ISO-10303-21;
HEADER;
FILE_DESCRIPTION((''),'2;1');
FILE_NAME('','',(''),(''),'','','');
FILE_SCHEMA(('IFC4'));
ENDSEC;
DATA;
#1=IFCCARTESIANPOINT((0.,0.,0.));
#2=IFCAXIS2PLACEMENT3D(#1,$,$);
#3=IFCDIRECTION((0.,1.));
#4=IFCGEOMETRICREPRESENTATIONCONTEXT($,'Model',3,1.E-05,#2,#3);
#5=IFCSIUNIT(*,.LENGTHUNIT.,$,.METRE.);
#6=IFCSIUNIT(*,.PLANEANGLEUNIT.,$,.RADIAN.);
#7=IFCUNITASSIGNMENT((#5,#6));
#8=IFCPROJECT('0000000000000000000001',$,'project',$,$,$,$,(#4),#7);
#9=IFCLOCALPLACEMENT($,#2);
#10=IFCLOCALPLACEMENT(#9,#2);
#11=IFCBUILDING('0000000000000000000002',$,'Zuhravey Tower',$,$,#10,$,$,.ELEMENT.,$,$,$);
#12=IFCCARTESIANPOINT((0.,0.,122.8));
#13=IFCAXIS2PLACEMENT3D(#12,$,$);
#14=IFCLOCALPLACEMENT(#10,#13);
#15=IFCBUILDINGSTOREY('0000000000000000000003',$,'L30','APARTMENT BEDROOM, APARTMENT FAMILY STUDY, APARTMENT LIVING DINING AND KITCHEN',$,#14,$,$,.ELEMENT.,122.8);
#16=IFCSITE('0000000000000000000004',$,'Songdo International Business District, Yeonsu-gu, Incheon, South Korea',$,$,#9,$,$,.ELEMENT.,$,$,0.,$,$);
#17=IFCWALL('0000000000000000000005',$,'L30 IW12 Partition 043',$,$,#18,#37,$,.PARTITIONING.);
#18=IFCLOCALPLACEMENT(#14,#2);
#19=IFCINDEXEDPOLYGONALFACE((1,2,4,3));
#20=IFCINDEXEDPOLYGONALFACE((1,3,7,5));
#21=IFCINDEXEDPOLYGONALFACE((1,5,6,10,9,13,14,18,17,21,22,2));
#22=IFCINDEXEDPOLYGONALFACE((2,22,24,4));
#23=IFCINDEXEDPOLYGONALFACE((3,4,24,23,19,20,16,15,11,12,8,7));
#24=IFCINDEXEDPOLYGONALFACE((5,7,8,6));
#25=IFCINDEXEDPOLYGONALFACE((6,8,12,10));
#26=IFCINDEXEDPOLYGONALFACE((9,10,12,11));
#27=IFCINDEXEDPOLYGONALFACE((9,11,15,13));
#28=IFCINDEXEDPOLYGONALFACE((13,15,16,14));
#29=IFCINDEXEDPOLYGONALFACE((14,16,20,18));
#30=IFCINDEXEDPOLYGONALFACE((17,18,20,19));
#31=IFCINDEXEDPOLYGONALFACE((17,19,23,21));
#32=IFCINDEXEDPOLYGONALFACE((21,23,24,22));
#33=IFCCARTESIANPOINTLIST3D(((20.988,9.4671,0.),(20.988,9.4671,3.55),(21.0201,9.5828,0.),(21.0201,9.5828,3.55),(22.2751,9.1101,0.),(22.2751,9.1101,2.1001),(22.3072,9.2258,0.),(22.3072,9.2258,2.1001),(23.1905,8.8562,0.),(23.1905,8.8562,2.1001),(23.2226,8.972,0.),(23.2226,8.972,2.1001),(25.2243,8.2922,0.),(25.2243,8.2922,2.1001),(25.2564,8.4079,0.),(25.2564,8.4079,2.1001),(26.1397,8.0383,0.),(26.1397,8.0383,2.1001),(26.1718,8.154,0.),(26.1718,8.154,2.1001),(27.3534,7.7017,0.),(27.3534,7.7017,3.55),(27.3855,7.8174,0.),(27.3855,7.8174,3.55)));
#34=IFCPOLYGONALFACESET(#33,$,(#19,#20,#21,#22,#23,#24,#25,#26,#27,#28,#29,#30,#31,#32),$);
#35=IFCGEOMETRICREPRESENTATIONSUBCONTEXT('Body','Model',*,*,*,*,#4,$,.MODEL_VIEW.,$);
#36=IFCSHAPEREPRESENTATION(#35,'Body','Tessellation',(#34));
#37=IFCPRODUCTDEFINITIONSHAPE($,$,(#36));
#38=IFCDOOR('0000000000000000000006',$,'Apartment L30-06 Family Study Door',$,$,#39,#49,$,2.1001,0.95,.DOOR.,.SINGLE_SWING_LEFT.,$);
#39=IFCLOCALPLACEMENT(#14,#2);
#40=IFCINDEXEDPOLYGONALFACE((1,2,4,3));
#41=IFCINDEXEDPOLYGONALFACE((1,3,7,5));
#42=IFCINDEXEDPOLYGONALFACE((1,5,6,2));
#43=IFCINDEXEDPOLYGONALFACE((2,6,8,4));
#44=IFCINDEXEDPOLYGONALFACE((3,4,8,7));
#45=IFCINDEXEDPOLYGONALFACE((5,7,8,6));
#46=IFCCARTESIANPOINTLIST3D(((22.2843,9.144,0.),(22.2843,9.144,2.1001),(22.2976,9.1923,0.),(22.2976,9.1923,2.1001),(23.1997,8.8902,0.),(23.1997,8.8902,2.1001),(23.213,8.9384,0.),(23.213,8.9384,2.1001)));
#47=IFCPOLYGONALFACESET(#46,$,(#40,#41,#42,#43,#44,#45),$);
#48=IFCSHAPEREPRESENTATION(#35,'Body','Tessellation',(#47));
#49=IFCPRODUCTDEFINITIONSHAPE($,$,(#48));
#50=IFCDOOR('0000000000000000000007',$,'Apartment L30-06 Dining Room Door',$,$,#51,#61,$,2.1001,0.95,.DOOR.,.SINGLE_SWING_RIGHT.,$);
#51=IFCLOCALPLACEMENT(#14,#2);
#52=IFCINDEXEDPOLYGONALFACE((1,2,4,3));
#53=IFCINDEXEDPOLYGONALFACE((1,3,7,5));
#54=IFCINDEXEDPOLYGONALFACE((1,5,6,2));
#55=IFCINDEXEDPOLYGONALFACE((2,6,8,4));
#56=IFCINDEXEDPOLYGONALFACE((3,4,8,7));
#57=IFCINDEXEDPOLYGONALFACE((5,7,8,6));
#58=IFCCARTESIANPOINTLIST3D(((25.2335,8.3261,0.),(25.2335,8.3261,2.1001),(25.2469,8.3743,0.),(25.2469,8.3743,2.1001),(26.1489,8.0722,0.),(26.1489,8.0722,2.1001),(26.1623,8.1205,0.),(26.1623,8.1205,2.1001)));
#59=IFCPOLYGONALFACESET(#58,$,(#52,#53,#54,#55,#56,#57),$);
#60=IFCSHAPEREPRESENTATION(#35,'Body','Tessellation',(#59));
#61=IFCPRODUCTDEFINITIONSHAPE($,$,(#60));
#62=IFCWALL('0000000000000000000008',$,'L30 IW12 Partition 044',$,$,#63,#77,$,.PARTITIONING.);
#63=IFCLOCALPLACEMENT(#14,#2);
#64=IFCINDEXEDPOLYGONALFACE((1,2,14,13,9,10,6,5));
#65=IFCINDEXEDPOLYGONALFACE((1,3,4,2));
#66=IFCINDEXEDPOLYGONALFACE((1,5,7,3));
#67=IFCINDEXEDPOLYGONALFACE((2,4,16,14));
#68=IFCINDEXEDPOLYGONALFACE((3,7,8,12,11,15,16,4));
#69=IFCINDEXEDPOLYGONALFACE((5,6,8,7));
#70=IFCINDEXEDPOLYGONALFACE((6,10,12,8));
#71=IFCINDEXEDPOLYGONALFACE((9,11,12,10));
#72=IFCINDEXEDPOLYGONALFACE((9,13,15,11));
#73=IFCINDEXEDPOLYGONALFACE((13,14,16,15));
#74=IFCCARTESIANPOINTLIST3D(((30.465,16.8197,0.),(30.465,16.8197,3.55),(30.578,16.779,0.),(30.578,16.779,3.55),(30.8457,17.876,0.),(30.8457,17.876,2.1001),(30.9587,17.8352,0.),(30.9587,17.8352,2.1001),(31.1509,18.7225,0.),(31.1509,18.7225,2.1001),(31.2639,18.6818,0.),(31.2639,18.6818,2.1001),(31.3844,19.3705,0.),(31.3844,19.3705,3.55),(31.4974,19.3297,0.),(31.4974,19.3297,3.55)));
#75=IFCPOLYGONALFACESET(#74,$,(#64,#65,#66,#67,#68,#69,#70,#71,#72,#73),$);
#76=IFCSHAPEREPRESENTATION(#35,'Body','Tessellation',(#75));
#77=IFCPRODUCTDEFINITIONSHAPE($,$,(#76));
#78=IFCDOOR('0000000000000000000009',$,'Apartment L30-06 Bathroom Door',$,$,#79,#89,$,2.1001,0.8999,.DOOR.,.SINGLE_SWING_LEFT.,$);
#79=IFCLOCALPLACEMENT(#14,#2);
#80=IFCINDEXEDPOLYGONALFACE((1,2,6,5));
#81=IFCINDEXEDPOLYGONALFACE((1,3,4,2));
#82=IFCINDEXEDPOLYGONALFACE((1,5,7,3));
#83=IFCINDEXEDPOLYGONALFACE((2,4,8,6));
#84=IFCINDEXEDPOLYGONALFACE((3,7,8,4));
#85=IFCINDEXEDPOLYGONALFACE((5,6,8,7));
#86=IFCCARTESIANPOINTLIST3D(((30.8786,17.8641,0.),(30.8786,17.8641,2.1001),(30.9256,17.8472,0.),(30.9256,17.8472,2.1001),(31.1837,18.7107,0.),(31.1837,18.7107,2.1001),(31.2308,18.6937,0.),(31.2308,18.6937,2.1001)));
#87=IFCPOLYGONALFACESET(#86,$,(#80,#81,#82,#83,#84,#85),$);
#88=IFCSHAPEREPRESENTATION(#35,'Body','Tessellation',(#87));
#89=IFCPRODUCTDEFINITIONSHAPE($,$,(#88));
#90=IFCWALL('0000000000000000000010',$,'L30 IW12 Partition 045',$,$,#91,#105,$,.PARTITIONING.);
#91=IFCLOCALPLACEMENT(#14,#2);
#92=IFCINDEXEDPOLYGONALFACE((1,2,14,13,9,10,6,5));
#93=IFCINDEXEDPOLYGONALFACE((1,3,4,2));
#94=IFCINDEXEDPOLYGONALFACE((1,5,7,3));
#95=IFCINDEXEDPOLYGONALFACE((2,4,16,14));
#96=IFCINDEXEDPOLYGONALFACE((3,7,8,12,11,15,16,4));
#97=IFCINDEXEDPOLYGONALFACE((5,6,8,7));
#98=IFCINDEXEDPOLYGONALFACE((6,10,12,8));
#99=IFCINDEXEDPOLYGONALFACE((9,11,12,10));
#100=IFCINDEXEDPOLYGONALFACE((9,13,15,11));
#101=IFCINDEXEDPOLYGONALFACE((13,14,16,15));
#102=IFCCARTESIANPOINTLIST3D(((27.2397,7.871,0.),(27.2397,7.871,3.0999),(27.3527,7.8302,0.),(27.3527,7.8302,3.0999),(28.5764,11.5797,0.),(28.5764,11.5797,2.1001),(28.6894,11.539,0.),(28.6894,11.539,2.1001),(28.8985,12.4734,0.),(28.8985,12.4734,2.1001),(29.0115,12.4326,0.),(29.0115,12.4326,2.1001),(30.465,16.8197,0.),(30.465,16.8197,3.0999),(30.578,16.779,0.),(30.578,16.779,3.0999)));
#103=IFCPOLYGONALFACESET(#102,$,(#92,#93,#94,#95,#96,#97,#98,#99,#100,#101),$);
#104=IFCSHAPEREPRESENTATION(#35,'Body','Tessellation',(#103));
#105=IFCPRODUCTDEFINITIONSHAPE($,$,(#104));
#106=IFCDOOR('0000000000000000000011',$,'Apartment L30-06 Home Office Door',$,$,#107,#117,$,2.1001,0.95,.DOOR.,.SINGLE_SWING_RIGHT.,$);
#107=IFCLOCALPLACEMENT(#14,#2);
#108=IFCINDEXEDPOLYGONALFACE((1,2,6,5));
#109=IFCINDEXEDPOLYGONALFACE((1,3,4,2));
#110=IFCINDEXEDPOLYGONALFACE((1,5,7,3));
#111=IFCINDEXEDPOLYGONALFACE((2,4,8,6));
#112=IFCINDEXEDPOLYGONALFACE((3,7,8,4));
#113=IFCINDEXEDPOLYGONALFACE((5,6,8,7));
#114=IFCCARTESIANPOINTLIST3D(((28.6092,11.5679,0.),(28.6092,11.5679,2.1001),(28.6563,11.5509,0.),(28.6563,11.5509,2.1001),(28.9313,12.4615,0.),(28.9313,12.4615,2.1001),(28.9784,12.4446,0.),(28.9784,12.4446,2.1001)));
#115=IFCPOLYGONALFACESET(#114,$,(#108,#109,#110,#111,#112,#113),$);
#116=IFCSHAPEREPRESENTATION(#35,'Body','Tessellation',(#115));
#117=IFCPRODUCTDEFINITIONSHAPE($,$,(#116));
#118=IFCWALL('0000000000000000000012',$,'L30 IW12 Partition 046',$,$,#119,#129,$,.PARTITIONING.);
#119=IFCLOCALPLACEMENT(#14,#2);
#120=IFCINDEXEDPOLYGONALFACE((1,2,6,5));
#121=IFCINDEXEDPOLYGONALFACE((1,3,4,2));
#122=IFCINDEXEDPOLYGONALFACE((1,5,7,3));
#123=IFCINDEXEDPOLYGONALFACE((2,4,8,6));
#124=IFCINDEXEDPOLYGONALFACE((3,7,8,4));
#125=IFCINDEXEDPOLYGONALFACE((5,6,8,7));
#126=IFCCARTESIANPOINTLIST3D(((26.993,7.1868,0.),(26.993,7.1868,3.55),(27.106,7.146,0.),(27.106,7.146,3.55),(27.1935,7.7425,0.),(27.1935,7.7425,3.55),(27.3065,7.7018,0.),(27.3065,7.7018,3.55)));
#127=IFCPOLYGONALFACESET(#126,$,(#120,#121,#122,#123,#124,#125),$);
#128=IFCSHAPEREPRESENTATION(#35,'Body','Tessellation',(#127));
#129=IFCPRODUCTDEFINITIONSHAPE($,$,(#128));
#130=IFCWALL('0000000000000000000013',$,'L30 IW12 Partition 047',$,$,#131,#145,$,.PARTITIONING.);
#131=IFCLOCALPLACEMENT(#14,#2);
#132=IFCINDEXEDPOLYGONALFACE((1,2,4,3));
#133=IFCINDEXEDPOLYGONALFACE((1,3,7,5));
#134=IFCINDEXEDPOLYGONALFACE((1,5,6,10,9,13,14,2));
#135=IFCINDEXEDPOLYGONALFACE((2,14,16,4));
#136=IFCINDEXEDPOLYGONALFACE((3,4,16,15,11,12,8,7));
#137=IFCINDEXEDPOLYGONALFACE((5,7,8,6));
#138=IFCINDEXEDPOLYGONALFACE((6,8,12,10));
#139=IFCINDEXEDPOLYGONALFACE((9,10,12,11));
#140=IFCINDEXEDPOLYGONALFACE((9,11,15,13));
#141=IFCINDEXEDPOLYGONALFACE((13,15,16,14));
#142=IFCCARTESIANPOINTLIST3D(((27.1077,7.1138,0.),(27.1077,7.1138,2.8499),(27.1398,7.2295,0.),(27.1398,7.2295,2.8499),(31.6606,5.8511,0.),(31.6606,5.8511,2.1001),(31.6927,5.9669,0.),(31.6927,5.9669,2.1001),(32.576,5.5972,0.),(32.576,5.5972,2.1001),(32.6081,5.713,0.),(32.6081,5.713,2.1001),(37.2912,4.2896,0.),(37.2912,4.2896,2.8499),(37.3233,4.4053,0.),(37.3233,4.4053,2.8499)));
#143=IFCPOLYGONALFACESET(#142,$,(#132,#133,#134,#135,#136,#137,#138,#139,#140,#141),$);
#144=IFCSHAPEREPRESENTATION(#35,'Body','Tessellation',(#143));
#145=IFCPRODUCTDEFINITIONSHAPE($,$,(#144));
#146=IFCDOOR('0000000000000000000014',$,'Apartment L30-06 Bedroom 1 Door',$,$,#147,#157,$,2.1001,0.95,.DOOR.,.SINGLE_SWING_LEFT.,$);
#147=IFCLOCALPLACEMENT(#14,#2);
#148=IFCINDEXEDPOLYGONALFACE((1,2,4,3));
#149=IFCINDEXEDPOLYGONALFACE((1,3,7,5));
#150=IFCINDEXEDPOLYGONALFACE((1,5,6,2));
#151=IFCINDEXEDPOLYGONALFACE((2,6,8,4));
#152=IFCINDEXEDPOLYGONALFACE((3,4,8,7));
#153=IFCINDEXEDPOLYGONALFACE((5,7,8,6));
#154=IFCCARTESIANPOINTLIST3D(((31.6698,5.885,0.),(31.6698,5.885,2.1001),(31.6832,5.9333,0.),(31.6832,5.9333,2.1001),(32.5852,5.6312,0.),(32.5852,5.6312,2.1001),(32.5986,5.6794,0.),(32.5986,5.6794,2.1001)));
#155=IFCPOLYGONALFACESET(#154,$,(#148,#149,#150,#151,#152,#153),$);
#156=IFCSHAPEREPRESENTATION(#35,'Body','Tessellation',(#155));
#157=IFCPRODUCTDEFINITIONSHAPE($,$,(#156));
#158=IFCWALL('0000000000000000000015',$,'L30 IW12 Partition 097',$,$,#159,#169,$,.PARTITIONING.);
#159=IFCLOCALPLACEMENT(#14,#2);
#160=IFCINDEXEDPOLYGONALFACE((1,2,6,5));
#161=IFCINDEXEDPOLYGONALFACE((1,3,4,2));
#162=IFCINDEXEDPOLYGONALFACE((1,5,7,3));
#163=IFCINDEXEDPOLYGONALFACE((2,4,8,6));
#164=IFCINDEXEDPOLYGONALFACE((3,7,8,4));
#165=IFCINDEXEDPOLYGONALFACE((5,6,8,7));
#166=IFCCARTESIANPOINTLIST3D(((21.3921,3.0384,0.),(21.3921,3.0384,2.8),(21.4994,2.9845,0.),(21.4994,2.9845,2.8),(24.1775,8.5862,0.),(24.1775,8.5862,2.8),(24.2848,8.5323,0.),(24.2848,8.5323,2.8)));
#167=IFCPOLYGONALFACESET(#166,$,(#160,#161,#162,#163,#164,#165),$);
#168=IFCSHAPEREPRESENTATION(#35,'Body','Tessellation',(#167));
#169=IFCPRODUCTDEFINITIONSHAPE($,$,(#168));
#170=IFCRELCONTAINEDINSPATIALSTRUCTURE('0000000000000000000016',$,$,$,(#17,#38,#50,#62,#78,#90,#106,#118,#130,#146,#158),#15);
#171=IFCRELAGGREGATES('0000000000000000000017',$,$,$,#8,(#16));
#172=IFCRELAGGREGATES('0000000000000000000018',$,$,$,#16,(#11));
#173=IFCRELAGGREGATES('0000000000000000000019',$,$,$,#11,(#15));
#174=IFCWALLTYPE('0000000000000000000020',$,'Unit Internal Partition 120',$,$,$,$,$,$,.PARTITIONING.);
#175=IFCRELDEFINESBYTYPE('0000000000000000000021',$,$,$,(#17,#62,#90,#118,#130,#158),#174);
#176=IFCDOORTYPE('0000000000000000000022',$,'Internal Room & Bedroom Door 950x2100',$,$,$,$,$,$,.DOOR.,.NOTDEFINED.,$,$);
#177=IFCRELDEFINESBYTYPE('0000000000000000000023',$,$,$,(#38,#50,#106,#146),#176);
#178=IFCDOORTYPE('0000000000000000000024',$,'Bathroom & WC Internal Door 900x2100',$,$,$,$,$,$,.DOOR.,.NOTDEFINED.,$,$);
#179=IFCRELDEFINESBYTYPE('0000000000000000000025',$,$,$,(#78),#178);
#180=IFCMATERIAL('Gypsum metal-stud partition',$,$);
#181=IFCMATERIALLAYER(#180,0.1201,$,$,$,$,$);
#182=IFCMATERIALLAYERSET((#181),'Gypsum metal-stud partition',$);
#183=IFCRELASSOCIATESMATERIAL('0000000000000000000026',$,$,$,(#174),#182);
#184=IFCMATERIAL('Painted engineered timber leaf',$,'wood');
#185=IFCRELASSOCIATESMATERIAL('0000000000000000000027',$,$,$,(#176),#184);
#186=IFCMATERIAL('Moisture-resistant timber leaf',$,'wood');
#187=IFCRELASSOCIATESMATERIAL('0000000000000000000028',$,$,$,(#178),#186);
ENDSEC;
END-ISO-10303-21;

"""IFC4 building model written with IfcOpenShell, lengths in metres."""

from ifc_helpers import new_model, si_unit, direction, frame, frame_2d, origin, place, context, subcontext, project, spatial, rectangle, extrude, material, layer, layer_set, type_object, element, fill, save


model = new_model("IFC4")

# Units and contexts
model_context = context("Model", 3, precision=1e-05, world=origin(), true_north=direction((0.0, 1.0)))
body_context = subcontext(model_context, "Body", "Model", "MODEL_VIEW")
ifc_project = project(units=[si_unit("LENGTHUNIT", "METRE"), si_unit("PLANEANGLEUNIT", "RADIAN")], contexts=[model_context])

# Site, building, storey
site_placement = place(None, origin())
site = spatial("IfcSite", under=ifc_project, at=site_placement, Name="Songdo International Business District, Yeonsu-gu, Incheon, South Korea", CompositionType="ELEMENT", RefElevation=0.0)
building_placement = place(site_placement, origin())
building = spatial("IfcBuilding", under=site, at=building_placement, Name="Zuhravey Tower", CompositionType="ELEMENT")
storey_placement = place(building_placement, frame((0.0, 0.0, 122.8)))
storey = spatial("IfcBuildingStorey", under=building, at=storey_placement, Name="L30", Description="APARTMENT BEDROOM, APARTMENT FAMILY STUDY, APARTMENT LIVING DINING AND KITCHEN", CompositionType="ELEMENT", Elevation=122.8)

# Wall, openings, doors
ifc_material_1 = material(Name="Gypsum metal-stud partition")
ifc_layer_1 = layer(ifc_material_1, 0.1201)
ifc_layer_set_1 = layer_set([ifc_layer_1], Name="Gypsum metal-stud partition")
wall_type_1 = type_object("IfcWallType", Name="Unit Internal Partition 120", PredefinedType="PARTITIONING", material=ifc_layer_set_1)
wall_1_placement = place(storey_placement, frame((21.0042, 9.5249, 0.0), z_axis=(0.0, 0.0, 1.0), x_axis=(0.963627, -0.267249, 0.0)))
wall_1 = element("IfcWall", 1, at=wall_1_placement, inside=storey, type_object=wall_type_1, Name="L30 IW12 Partition 043", PredefinedType="PARTITIONING", context=body_context, shape_type="SweptSolid", body=[
    extrude(rectangle(XDim=6.6057, YDim=0.1201, at=frame_2d((3.3027, 0.0))), origin(), (0.0, 0.0, 1.0), 3.55),
])
opening_1_placement = place(wall_1_placement, frame((1.3354, 0.0, 0.0)))
opening_1 = element("IfcOpeningElement", 2, at=opening_1_placement, cuts=wall_1, PredefinedType="OPENING", context=body_context, shape_type="SweptSolid", body=[
    extrude(rectangle(XDim=0.95, YDim=2.1001, at=frame_2d((0.4751, 1.05))), frame((0.0, 0.072, 0.0), z_axis=(0.0, -1.0, 0.0), x_axis=(1.0, 0.0, 0.0)), (0.0, 0.0, 1.0), 0.144),
])
opening_2_placement = place(wall_1_placement, frame((4.396, 0.0, 0.0)))
opening_2 = element("IfcOpeningElement", 3, at=opening_2_placement, cuts=wall_1, PredefinedType="OPENING", context=body_context, shape_type="SweptSolid", body=[
    extrude(rectangle(XDim=0.95, YDim=2.1001, at=frame_2d((0.4751, 1.05))), frame((0.0, 0.072, 0.0), z_axis=(0.0, -1.0, 0.0), x_axis=(1.0, 0.0, 0.0)), (0.0, 0.0, 1.0), 0.144),
])
ifc_material_2 = material(Name="Painted engineered timber leaf", Category="wood")
door_type_1 = type_object("IfcDoorType", Name="Internal Room & Bedroom Door 950x2100", OperationType="NOTDEFINED", PredefinedType="DOOR", material=ifc_material_2)
door_1_placement = place(opening_1_placement, frame((0.95, 0.0, 0.0), z_axis=(0.0, 0.0, 1.0), x_axis=(-1.0, 0.0, 0.0)))
door_1 = element("IfcDoor", 4, at=door_1_placement, inside=storey, type_object=door_type_1, Name="Apartment L30-06 Family Study Door", OperationType="SINGLE_SWING_LEFT", OverallHeight=2.1001, OverallWidth=0.95, PredefinedType="DOOR", context=body_context, shape_type="SweptSolid", body=[
    extrude(rectangle(XDim=0.95, YDim=2.1001, at=frame_2d((0.4751, 1.05))), frame((0.0, 0.0249, 0.0), z_axis=(0.0, -1.0, 0.0), x_axis=(1.0, 0.0, 0.0)), (0.0, 0.0, 1.0), 0.05),
])
fill(opening_1, door_1)
door_2_placement = place(opening_2_placement, frame((0.95, 0.0, 0.0), z_axis=(0.0, 0.0, 1.0), x_axis=(-1.0, 0.0, 0.0)))
door_2 = element("IfcDoor", 5, at=door_2_placement, inside=storey, type_object=door_type_1, Name="Apartment L30-06 Dining Room Door", OperationType="SINGLE_SWING_RIGHT", OverallHeight=2.1001, OverallWidth=0.95, PredefinedType="DOOR", context=body_context, shape_type="SweptSolid", body=[
    extrude(rectangle(XDim=0.95, YDim=2.1001, at=frame_2d((0.4751, 1.05))), frame((0.0, 0.0249, 0.0), z_axis=(0.0, -1.0, 0.0), x_axis=(1.0, 0.0, 0.0)), (0.0, 0.0, 1.0), 0.05),
])
fill(opening_2, door_2)

# Walls, openings, doors
wall_2_placement = place(storey_placement, frame((31.4409, 19.3501, 0.0), z_axis=(0.0, 0.0, 1.0), x_axis=(-0.339096, -0.940752, 0.0)))
wall_2 = element("IfcWall", 6, at=wall_2_placement, inside=storey, type_object=wall_type_1, Name="L30 IW12 Partition 044", PredefinedType="PARTITIONING", context=body_context, shape_type="SweptSolid", body=[
    extrude(rectangle(XDim=2.7114, YDim=0.1201, at=frame_2d((1.3557, 0.0))), origin(), (0.0, 0.0, 1.0), 3.55),
])
opening_3_placement = place(wall_2_placement, frame((0.6887, 0.0, 0.0)))
opening_3 = element("IfcOpeningElement", 7, at=opening_3_placement, cuts=wall_2, PredefinedType="OPENING", context=body_context, shape_type="SweptSolid", body=[
    extrude(rectangle(XDim=0.8999, YDim=2.1001, at=frame_2d((0.45, 1.05))), frame((0.0, 0.072, 0.0), z_axis=(0.0, -1.0, 0.0), x_axis=(1.0, 0.0, 0.0)), (0.0, 0.0, 1.0), 0.144),
])
ifc_material_3 = material(Name="Moisture-resistant timber leaf", Category="wood")
door_type_2 = type_object("IfcDoorType", Name="Bathroom & WC Internal Door 900x2100", OperationType="NOTDEFINED", PredefinedType="DOOR", material=ifc_material_3)
door_3_placement = place(opening_3_placement, origin())
door_3 = element("IfcDoor", 8, at=door_3_placement, inside=storey, type_object=door_type_2, Name="Apartment L30-06 Bathroom Door", OperationType="SINGLE_SWING_LEFT", OverallHeight=2.1001, OverallWidth=0.8999, PredefinedType="DOOR", context=body_context, shape_type="SweptSolid", body=[
    extrude(rectangle(XDim=0.8999, YDim=2.1001, at=frame_2d((0.45, 1.05))), frame((0.0, 0.0249, 0.0), z_axis=(0.0, -1.0, 0.0), x_axis=(1.0, 0.0, 0.0)), (0.0, 0.0, 1.0), 0.05),
])
fill(opening_3, door_3)
wall_3_placement = place(storey_placement, frame((30.5215, 16.7993, 0.0), z_axis=(0.0, 0.0, 1.0), x_axis=(-0.339073, -0.94076, 0.0)))
wall_3 = element("IfcWall", 9, at=wall_3_placement, inside=storey, type_object=wall_type_1, Name="L30 IW12 Partition 045", PredefinedType="PARTITIONING", context=body_context, shape_type="SweptSolid", body=[
    extrude(rectangle(XDim=9.5122, YDim=0.1201, at=frame_2d((4.7561, 0.0))), origin(), (0.0, 0.0, 1.0), 3.0999),
])
opening_4_placement = place(wall_3_placement, frame((4.6199, 0.0, 0.0)))
opening_4 = element("IfcOpeningElement", 10, at=opening_4_placement, cuts=wall_3, PredefinedType="OPENING", context=body_context, shape_type="SweptSolid", body=[
    extrude(rectangle(XDim=0.95, YDim=2.1001, at=frame_2d((0.4751, 1.05))), frame((0.0, 0.072, 0.0), z_axis=(0.0, -1.0, 0.0), x_axis=(1.0, 0.0, 0.0)), (0.0, 0.0, 1.0), 0.144),
])
door_4_placement = place(opening_4_placement, origin())
door_4 = element("IfcDoor", 11, at=door_4_placement, inside=storey, type_object=door_type_1, Name="Apartment L30-06 Home Office Door", OperationType="SINGLE_SWING_RIGHT", OverallHeight=2.1001, OverallWidth=0.95, PredefinedType="DOOR", context=body_context, shape_type="SweptSolid", body=[
    extrude(rectangle(XDim=0.95, YDim=2.1001, at=frame_2d((0.4751, 1.05))), frame((0.0, 0.0249, 0.0), z_axis=(0.0, -1.0, 0.0), x_axis=(1.0, 0.0, 0.0)), (0.0, 0.0, 1.0), 0.05),
])
fill(opening_4, door_4)

# Wall
wall_4_placement = place(storey_placement, frame((27.25, 7.7222, 0.0), z_axis=(0.0, 0.0, 1.0), x_axis=(-0.339319, -0.940671, 0.0)))
element("IfcWall", 12, at=wall_4_placement, inside=storey, type_object=wall_type_1, Name="L30 IW12 Partition 046", PredefinedType="PARTITIONING", context=body_context, shape_type="SweptSolid", body=[
    extrude(rectangle(XDim=0.5908, YDim=0.1201, at=frame_2d((0.2954, 0.0))), origin(), (0.0, 0.0, 1.0), 3.55),
])

# Wall, opening, door
wall_5_placement = place(storey_placement, frame((27.1238, 7.1716, 0.0), z_axis=(0.0, 0.0, 1.0), x_axis=(0.963629, -0.267243, 0.0)))
wall_5 = element("IfcWall", 13, at=wall_5_placement, inside=storey, type_object=wall_type_1, Name="L30 IW12 Partition 047", PredefinedType="PARTITIONING", context=body_context, shape_type="SweptSolid", body=[
    extrude(rectangle(XDim=10.5679, YDim=0.1201, at=frame_2d((5.2839, 0.0))), origin(), (0.0, 0.0, 1.0), 2.8499),
])
opening_5_placement = place(wall_5_placement, frame((4.7246, 0.0, 0.0)))
opening_5 = element("IfcOpeningElement", 14, at=opening_5_placement, cuts=wall_5, PredefinedType="OPENING", context=body_context, shape_type="SweptSolid", body=[
    extrude(rectangle(XDim=0.95, YDim=2.1001, at=frame_2d((0.4751, 1.05))), frame((0.0, 0.072, 0.0), z_axis=(0.0, -1.0, 0.0), x_axis=(1.0, 0.0, 0.0)), (0.0, 0.0, 1.0), 0.144),
])
door_5_placement = place(opening_5_placement, frame((0.95, 0.0, 0.0), z_axis=(0.0, 0.0, 1.0), x_axis=(-1.0, 0.0, 0.0)))
door_5 = element("IfcDoor", 15, at=door_5_placement, inside=storey, type_object=door_type_1, Name="Apartment L30-06 Bedroom 1 Door", OperationType="SINGLE_SWING_LEFT", OverallHeight=2.1001, OverallWidth=0.95, PredefinedType="DOOR", context=body_context, shape_type="SweptSolid", body=[
    extrude(rectangle(XDim=0.95, YDim=2.1001, at=frame_2d((0.4751, 1.05))), frame((0.0, 0.0249, 0.0), z_axis=(0.0, -1.0, 0.0), x_axis=(1.0, 0.0, 0.0)), (0.0, 0.0, 1.0), 0.05),
])
fill(opening_5, door_5)

# Wall
wall_6_placement = place(storey_placement, frame((24.2312, 8.5593, 0.0), z_axis=(0.0, 0.0, 1.0), x_axis=(-0.448692, -0.893687, 0.0)))
element("IfcWall", 16, at=wall_6_placement, inside=storey, type_object=wall_type_1, Name="L30 IW12 Partition 097", PredefinedType="PARTITIONING", context=body_context, shape_type="SweptSolid", body=[
    extrude(rectangle(XDim=6.2078, YDim=0.1201, at=frame_2d((3.104, 0.0))), origin(), (0.0, 0.0, 1.0), 2.8),
])

save(model, "model.ifc")
